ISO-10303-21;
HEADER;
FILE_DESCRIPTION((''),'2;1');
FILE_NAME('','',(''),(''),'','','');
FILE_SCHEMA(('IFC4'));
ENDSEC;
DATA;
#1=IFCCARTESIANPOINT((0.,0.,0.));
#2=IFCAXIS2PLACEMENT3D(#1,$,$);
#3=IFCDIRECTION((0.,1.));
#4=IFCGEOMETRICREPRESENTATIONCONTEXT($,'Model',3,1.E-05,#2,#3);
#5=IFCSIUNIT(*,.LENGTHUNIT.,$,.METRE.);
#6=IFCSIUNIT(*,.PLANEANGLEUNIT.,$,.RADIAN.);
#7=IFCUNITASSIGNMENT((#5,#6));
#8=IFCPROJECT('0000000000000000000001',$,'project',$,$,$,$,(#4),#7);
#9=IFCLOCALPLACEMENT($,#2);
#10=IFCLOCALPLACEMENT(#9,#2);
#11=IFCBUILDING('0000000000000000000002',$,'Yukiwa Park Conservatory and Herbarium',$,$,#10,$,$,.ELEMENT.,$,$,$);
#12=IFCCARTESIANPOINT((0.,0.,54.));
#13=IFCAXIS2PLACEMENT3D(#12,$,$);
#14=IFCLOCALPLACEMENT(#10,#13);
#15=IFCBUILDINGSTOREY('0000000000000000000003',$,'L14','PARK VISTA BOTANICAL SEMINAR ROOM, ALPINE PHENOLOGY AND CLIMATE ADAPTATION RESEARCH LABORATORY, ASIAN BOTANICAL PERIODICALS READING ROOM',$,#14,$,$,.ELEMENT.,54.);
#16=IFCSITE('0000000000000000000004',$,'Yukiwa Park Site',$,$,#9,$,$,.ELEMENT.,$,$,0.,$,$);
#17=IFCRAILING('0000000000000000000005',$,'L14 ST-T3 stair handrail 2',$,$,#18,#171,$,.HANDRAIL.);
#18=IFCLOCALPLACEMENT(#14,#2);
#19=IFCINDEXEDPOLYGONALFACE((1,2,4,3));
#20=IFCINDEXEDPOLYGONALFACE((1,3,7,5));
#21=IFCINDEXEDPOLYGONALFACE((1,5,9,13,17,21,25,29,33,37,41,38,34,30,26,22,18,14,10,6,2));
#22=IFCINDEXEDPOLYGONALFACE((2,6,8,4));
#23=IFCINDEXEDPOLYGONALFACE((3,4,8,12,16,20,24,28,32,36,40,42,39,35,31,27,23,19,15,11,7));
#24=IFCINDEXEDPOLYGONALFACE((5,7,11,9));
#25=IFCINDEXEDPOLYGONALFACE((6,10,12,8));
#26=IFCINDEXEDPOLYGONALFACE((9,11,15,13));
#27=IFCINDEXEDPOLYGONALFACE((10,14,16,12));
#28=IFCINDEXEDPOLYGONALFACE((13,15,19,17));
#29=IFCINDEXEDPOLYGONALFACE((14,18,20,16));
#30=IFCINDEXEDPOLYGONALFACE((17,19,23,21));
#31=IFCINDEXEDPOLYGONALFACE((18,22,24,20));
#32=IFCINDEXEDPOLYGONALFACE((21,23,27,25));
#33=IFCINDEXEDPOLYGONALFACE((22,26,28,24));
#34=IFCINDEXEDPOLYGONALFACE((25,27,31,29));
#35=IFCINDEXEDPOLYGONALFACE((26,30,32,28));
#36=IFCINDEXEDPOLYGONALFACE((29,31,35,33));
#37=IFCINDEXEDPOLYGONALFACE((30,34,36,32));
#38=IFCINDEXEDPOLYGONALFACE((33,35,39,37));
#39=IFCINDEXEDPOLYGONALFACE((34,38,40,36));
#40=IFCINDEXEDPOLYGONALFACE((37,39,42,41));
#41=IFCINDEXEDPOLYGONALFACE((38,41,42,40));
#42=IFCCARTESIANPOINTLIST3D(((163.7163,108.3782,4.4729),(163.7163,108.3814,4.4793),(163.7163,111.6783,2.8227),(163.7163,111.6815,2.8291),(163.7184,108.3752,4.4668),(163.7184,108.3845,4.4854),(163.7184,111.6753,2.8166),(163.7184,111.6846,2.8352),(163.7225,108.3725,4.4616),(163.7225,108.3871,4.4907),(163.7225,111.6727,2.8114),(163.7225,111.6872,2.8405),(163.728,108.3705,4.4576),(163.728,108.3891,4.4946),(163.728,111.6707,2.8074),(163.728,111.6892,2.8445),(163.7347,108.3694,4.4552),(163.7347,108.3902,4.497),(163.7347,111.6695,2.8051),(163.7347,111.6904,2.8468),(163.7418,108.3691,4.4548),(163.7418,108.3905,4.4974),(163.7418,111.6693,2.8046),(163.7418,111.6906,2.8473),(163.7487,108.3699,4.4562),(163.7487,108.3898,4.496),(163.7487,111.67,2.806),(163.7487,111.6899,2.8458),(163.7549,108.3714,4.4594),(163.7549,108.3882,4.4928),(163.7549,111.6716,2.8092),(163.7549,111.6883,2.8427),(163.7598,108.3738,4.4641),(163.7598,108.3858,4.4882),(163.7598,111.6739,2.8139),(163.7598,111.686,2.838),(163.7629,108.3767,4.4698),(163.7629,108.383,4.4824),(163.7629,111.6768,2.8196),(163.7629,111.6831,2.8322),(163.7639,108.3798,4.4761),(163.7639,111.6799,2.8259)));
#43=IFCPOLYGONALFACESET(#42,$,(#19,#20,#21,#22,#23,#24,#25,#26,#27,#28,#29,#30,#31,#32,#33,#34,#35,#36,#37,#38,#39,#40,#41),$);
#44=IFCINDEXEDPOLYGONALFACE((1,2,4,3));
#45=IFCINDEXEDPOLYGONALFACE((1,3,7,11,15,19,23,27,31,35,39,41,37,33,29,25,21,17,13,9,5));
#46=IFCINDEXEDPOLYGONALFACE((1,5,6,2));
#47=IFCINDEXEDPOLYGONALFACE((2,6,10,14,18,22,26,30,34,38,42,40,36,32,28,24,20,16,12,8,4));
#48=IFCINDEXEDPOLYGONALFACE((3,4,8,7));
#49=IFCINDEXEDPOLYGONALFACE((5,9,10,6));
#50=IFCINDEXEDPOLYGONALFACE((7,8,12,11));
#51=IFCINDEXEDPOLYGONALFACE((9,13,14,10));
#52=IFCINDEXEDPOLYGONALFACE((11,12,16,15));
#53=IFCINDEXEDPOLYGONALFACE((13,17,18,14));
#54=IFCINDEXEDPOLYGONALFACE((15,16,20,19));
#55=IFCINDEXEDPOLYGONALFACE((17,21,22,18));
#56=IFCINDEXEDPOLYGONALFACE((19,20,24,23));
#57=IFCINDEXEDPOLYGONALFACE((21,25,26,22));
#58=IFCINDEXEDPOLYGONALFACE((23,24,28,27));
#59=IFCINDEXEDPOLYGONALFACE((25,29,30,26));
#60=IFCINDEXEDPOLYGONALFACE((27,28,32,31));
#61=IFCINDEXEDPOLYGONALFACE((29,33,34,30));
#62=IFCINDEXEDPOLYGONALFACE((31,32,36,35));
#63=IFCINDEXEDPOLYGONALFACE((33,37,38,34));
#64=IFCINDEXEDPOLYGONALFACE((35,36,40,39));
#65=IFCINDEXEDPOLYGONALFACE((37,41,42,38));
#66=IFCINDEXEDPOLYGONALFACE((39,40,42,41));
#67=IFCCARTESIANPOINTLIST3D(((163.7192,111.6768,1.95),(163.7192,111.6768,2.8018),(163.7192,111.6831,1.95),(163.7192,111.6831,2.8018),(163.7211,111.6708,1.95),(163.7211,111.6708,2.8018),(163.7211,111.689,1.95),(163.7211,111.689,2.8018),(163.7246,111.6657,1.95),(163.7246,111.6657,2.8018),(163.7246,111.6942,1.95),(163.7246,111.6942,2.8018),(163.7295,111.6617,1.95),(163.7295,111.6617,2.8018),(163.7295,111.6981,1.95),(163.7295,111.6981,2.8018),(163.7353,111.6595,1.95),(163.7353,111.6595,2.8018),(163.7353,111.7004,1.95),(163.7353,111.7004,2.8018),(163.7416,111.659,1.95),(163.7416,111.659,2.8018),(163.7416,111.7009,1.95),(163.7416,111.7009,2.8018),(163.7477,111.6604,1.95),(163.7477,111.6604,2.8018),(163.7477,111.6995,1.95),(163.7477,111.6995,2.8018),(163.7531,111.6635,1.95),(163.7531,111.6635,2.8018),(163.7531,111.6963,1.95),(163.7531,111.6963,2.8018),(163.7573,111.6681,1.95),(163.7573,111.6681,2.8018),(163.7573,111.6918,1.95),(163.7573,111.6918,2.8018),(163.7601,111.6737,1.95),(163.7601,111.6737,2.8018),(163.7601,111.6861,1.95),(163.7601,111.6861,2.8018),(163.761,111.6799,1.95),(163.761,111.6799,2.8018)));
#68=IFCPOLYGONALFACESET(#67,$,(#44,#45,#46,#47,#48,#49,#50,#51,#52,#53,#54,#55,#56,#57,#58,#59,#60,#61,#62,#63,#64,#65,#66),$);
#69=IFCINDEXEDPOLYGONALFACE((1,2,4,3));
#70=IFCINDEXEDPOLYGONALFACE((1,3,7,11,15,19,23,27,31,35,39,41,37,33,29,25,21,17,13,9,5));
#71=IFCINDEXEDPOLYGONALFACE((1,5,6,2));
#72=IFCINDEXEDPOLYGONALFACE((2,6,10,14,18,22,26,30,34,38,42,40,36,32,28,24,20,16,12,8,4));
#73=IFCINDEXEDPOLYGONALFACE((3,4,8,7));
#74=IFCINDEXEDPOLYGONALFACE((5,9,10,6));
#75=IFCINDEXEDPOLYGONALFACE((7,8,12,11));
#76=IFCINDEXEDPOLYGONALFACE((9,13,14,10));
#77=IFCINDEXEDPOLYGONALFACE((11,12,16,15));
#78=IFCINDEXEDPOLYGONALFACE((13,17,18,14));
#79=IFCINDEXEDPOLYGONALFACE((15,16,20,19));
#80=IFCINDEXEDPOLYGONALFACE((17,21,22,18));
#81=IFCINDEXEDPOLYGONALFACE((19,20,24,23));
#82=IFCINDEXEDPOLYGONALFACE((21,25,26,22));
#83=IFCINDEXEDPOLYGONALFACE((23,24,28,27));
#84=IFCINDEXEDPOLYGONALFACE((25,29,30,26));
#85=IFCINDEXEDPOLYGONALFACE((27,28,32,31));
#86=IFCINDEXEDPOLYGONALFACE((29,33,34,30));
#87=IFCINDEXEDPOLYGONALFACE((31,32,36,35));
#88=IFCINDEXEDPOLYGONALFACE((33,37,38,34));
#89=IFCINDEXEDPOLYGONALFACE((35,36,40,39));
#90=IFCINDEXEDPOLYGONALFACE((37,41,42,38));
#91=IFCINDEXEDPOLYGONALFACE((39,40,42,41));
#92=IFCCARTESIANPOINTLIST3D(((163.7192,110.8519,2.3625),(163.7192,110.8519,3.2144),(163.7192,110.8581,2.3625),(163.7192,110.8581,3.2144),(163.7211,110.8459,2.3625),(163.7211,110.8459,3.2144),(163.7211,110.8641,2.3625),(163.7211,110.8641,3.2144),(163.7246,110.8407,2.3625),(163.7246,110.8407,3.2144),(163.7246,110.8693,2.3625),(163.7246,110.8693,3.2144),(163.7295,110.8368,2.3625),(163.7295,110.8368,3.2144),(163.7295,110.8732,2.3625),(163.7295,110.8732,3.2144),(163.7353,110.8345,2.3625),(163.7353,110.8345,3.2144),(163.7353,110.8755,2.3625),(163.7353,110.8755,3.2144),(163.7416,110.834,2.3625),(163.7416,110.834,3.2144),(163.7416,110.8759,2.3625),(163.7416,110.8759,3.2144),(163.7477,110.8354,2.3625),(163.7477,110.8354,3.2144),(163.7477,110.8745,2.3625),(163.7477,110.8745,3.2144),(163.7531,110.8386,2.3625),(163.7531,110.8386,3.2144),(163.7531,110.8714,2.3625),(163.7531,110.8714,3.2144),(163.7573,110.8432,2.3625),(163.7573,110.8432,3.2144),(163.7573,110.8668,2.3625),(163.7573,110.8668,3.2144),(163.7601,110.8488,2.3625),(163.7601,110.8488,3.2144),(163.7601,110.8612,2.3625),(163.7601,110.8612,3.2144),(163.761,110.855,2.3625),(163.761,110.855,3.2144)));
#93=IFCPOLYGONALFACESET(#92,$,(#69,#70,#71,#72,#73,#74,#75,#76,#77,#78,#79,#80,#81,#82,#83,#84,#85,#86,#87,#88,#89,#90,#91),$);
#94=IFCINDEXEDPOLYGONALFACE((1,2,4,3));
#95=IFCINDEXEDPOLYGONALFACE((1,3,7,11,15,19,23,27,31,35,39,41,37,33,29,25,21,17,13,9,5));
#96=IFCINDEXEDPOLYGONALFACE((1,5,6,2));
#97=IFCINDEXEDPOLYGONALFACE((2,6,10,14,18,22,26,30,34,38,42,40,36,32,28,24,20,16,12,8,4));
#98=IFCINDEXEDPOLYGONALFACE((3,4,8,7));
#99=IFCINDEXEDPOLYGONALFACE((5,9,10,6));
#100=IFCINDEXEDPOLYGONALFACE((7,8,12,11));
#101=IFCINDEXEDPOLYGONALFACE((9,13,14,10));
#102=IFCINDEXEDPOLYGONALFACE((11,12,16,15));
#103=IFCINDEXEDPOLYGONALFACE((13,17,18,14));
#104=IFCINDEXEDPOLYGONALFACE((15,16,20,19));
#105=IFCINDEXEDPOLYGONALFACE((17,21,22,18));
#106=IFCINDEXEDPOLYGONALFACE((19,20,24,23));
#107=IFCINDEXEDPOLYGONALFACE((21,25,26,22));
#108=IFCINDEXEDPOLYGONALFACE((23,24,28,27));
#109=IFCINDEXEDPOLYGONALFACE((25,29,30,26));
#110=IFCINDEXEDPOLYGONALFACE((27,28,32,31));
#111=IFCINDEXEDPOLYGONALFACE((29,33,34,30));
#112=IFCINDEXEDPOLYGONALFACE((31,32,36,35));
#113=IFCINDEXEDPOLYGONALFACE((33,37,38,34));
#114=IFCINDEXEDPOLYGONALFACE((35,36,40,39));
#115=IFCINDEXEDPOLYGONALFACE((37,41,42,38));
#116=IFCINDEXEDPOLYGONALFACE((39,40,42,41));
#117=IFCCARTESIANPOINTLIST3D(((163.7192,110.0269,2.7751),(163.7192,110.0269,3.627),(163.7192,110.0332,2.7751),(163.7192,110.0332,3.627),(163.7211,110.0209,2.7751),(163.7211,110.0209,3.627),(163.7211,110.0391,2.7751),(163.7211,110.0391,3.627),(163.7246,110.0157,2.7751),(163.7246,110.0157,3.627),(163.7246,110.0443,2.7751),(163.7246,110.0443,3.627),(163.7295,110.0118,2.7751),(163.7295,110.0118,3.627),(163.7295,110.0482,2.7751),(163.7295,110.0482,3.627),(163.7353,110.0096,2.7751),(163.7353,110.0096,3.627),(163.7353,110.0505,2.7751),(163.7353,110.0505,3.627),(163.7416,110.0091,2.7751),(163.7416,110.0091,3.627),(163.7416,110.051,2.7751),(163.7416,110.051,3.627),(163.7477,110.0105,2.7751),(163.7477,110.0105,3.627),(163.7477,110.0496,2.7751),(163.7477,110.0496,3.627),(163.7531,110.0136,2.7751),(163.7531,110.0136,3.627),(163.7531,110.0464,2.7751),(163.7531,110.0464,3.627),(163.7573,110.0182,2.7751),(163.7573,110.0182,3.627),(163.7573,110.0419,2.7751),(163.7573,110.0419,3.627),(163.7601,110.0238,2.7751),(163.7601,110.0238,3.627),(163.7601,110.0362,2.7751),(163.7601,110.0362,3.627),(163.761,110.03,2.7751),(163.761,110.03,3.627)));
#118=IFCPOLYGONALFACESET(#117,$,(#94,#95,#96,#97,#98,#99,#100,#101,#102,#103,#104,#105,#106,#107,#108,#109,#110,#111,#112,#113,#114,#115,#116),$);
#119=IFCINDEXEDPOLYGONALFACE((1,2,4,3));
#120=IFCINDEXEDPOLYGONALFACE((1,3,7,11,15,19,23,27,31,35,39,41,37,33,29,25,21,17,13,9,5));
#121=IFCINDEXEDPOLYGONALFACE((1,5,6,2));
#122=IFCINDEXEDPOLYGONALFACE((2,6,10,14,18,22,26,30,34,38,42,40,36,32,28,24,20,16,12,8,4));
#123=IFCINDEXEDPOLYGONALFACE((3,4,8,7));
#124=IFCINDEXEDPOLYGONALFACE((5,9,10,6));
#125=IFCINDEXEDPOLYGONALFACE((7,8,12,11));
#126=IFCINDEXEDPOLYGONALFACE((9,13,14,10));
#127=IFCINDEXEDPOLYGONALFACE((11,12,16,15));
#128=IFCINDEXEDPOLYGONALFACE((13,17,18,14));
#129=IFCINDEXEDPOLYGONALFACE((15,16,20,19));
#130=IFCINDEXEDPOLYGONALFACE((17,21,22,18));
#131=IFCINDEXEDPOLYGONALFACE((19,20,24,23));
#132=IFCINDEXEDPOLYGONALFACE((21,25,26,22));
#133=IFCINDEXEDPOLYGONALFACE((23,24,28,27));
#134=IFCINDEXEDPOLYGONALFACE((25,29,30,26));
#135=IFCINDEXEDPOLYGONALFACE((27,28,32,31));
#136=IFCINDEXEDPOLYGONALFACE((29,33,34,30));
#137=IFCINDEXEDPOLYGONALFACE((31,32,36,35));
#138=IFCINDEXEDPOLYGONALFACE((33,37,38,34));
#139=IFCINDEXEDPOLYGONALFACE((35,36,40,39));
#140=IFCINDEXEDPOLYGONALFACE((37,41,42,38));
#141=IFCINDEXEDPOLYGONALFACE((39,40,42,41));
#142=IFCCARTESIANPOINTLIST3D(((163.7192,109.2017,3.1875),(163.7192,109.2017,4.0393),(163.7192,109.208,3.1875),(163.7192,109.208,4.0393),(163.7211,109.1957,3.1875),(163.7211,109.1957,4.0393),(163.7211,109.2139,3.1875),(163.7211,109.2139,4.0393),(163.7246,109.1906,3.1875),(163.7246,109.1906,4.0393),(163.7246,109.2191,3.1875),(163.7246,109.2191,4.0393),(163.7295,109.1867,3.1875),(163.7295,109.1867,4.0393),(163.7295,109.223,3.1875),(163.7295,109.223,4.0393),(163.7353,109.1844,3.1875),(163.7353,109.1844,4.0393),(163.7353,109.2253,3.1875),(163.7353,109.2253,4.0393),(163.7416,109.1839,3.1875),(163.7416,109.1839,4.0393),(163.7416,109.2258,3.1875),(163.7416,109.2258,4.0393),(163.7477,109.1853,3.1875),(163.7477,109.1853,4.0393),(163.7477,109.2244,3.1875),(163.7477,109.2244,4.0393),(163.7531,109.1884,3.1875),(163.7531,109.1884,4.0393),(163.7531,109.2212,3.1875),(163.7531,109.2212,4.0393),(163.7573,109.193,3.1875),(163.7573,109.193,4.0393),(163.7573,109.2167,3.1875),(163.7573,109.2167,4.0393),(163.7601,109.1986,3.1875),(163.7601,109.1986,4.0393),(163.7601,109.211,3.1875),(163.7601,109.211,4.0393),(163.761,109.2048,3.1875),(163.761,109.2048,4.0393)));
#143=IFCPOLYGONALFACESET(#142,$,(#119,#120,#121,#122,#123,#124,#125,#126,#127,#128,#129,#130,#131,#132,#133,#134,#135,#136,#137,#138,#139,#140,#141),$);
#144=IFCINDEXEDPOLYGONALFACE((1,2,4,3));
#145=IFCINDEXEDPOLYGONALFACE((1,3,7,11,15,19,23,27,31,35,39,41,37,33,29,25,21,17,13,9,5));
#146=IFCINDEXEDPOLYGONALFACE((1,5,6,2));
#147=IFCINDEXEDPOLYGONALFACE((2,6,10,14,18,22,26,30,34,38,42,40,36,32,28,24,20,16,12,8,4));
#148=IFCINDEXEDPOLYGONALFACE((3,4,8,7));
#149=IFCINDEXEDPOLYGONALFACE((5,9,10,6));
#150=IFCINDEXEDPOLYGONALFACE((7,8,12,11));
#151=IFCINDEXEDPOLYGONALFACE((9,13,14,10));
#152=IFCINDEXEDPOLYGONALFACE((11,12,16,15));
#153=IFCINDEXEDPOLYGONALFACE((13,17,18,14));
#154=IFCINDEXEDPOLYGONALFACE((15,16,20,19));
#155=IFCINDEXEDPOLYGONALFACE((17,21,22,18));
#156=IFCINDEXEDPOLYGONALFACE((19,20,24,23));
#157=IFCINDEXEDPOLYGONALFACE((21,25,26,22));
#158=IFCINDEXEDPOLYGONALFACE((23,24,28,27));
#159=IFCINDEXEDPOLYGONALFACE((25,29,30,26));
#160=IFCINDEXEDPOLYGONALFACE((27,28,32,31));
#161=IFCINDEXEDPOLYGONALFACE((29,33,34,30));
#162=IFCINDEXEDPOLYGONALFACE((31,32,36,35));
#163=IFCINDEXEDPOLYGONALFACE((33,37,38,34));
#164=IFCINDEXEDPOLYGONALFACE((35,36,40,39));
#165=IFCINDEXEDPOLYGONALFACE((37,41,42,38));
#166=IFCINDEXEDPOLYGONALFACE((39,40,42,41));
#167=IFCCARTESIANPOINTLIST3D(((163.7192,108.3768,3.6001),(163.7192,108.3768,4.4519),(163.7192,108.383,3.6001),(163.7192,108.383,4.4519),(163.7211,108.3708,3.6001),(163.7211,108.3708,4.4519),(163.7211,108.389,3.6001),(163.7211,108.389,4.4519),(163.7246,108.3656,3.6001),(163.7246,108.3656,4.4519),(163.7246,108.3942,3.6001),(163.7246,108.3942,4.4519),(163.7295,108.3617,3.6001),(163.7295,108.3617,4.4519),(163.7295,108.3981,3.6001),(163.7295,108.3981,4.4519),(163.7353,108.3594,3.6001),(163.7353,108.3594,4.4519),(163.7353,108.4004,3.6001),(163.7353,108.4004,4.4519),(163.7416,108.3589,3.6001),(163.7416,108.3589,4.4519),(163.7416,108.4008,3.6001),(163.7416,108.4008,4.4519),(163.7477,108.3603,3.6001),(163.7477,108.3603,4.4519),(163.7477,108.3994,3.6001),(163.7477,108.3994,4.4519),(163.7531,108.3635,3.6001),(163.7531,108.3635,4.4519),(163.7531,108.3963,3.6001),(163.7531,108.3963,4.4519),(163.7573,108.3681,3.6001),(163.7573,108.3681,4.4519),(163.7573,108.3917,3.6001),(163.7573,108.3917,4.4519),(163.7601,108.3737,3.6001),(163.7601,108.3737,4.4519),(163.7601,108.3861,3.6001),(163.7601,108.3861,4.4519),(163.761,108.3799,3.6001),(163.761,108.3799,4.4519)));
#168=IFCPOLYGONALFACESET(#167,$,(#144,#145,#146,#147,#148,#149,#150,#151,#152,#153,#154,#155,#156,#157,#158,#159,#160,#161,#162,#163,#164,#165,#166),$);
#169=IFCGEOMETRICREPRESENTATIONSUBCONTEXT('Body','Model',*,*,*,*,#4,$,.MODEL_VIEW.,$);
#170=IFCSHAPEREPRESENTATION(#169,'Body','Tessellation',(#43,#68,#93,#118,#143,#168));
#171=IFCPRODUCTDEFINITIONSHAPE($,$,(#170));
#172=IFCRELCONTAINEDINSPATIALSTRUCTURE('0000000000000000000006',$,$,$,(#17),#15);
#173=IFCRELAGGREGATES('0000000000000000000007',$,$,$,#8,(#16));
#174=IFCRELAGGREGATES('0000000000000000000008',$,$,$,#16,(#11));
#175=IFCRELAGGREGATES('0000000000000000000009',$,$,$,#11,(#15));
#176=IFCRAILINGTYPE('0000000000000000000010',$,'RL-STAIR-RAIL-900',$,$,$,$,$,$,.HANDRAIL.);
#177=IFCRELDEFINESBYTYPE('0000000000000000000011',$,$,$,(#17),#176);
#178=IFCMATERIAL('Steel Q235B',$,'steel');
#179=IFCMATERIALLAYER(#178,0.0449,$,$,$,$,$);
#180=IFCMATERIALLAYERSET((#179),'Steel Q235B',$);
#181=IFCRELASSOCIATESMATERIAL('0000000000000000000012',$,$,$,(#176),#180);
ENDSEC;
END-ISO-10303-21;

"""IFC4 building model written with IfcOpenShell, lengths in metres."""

from ifc_helpers import new_model, si_unit, direction, frame, origin, origin_2d, place, context, subcontext, project, spatial, circle, extrude, material, layer, layer_set, type_object, element, save


model = new_model("IFC4")

# Units and contexts
model_context = context("Model", 3, precision=1e-05, world=origin(), true_north=direction((0.0, 1.0)))
body_context = subcontext(model_context, "Body", "Model", "MODEL_VIEW")
ifc_project = project(units=[si_unit("LENGTHUNIT", "METRE"), si_unit("PLANEANGLEUNIT", "RADIAN")], contexts=[model_context])

# Site, building, storey
site_placement = place(None, origin())
site = spatial("IfcSite", under=ifc_project, at=site_placement, Name="Yukiwa Park Site", CompositionType="ELEMENT", RefElevation=0.0)
building_placement = place(site_placement, origin())
building = spatial("IfcBuilding", under=site, at=building_placement, Name="Yukiwa Park Conservatory and Herbarium", CompositionType="ELEMENT")
storey_placement = place(building_placement, frame((0.0, 0.0, 54.0)))
storey = spatial("IfcBuildingStorey", under=building, at=storey_placement, Name="L14", Description="PARK VISTA BOTANICAL SEMINAR ROOM, ALPINE PHENOLOGY AND CLIMATE ADAPTATION RESEARCH LABORATORY, ASIAN BOTANICAL PERIODICALS READING ROOM", CompositionType="ELEMENT", Elevation=54.0)

# Railing
ifc_material_1 = material(Name="Steel Q235B", Category="steel")
ifc_layer_1 = layer(ifc_material_1, 0.0449)
ifc_layer_set_1 = layer_set([ifc_layer_1], Name="Steel Q235B")
railing_type_1 = type_object("IfcRailingType", Name="RL-STAIR-RAIL-900", PredefinedType="HANDRAIL", material=ifc_layer_set_1)
railing_1_placement = place(storey_placement, frame((163.74, 111.6799, 1.95)))
element("IfcRailing", 1, at=railing_1_placement, inside=storey, type_object=railing_type_1, Name="L14 ST-T3 stair handrail 2", PredefinedType="HANDRAIL", context=body_context, shape_type="SweptSolid", body=[
    extrude(circle(Radius=0.0239, at=origin_2d()), frame((0.0, 0.0, 0.876), z_axis=(0.0, -0.894414, 0.44724), x_axis=(1.0, 0.0, 0.0)), (0.0, 0.0, 1.0), 3.6897),
    extrude(circle(Radius=0.021, at=origin_2d()), origin(), (0.0, 0.0, 1.0), 0.8518),
    extrude(circle(Radius=0.021, at=origin_2d()), frame((0.0, -0.825, 0.4126)), (0.0, 0.0, 1.0), 0.8518),
    extrude(circle(Radius=0.021, at=origin_2d()), frame((0.0, -1.6499, 0.8252)), (0.0, 0.0, 1.0), 0.8518),
    extrude(circle(Radius=0.021, at=origin_2d()), frame((0.0, -2.4751, 1.2375)), (0.0, 0.0, 1.0), 0.8518),
    extrude(circle(Radius=0.021, at=origin_2d()), frame((0.0, -3.3, 1.6501)), (0.0, 0.0, 1.0), 0.8518),
])

save(model, "model.ifc")
